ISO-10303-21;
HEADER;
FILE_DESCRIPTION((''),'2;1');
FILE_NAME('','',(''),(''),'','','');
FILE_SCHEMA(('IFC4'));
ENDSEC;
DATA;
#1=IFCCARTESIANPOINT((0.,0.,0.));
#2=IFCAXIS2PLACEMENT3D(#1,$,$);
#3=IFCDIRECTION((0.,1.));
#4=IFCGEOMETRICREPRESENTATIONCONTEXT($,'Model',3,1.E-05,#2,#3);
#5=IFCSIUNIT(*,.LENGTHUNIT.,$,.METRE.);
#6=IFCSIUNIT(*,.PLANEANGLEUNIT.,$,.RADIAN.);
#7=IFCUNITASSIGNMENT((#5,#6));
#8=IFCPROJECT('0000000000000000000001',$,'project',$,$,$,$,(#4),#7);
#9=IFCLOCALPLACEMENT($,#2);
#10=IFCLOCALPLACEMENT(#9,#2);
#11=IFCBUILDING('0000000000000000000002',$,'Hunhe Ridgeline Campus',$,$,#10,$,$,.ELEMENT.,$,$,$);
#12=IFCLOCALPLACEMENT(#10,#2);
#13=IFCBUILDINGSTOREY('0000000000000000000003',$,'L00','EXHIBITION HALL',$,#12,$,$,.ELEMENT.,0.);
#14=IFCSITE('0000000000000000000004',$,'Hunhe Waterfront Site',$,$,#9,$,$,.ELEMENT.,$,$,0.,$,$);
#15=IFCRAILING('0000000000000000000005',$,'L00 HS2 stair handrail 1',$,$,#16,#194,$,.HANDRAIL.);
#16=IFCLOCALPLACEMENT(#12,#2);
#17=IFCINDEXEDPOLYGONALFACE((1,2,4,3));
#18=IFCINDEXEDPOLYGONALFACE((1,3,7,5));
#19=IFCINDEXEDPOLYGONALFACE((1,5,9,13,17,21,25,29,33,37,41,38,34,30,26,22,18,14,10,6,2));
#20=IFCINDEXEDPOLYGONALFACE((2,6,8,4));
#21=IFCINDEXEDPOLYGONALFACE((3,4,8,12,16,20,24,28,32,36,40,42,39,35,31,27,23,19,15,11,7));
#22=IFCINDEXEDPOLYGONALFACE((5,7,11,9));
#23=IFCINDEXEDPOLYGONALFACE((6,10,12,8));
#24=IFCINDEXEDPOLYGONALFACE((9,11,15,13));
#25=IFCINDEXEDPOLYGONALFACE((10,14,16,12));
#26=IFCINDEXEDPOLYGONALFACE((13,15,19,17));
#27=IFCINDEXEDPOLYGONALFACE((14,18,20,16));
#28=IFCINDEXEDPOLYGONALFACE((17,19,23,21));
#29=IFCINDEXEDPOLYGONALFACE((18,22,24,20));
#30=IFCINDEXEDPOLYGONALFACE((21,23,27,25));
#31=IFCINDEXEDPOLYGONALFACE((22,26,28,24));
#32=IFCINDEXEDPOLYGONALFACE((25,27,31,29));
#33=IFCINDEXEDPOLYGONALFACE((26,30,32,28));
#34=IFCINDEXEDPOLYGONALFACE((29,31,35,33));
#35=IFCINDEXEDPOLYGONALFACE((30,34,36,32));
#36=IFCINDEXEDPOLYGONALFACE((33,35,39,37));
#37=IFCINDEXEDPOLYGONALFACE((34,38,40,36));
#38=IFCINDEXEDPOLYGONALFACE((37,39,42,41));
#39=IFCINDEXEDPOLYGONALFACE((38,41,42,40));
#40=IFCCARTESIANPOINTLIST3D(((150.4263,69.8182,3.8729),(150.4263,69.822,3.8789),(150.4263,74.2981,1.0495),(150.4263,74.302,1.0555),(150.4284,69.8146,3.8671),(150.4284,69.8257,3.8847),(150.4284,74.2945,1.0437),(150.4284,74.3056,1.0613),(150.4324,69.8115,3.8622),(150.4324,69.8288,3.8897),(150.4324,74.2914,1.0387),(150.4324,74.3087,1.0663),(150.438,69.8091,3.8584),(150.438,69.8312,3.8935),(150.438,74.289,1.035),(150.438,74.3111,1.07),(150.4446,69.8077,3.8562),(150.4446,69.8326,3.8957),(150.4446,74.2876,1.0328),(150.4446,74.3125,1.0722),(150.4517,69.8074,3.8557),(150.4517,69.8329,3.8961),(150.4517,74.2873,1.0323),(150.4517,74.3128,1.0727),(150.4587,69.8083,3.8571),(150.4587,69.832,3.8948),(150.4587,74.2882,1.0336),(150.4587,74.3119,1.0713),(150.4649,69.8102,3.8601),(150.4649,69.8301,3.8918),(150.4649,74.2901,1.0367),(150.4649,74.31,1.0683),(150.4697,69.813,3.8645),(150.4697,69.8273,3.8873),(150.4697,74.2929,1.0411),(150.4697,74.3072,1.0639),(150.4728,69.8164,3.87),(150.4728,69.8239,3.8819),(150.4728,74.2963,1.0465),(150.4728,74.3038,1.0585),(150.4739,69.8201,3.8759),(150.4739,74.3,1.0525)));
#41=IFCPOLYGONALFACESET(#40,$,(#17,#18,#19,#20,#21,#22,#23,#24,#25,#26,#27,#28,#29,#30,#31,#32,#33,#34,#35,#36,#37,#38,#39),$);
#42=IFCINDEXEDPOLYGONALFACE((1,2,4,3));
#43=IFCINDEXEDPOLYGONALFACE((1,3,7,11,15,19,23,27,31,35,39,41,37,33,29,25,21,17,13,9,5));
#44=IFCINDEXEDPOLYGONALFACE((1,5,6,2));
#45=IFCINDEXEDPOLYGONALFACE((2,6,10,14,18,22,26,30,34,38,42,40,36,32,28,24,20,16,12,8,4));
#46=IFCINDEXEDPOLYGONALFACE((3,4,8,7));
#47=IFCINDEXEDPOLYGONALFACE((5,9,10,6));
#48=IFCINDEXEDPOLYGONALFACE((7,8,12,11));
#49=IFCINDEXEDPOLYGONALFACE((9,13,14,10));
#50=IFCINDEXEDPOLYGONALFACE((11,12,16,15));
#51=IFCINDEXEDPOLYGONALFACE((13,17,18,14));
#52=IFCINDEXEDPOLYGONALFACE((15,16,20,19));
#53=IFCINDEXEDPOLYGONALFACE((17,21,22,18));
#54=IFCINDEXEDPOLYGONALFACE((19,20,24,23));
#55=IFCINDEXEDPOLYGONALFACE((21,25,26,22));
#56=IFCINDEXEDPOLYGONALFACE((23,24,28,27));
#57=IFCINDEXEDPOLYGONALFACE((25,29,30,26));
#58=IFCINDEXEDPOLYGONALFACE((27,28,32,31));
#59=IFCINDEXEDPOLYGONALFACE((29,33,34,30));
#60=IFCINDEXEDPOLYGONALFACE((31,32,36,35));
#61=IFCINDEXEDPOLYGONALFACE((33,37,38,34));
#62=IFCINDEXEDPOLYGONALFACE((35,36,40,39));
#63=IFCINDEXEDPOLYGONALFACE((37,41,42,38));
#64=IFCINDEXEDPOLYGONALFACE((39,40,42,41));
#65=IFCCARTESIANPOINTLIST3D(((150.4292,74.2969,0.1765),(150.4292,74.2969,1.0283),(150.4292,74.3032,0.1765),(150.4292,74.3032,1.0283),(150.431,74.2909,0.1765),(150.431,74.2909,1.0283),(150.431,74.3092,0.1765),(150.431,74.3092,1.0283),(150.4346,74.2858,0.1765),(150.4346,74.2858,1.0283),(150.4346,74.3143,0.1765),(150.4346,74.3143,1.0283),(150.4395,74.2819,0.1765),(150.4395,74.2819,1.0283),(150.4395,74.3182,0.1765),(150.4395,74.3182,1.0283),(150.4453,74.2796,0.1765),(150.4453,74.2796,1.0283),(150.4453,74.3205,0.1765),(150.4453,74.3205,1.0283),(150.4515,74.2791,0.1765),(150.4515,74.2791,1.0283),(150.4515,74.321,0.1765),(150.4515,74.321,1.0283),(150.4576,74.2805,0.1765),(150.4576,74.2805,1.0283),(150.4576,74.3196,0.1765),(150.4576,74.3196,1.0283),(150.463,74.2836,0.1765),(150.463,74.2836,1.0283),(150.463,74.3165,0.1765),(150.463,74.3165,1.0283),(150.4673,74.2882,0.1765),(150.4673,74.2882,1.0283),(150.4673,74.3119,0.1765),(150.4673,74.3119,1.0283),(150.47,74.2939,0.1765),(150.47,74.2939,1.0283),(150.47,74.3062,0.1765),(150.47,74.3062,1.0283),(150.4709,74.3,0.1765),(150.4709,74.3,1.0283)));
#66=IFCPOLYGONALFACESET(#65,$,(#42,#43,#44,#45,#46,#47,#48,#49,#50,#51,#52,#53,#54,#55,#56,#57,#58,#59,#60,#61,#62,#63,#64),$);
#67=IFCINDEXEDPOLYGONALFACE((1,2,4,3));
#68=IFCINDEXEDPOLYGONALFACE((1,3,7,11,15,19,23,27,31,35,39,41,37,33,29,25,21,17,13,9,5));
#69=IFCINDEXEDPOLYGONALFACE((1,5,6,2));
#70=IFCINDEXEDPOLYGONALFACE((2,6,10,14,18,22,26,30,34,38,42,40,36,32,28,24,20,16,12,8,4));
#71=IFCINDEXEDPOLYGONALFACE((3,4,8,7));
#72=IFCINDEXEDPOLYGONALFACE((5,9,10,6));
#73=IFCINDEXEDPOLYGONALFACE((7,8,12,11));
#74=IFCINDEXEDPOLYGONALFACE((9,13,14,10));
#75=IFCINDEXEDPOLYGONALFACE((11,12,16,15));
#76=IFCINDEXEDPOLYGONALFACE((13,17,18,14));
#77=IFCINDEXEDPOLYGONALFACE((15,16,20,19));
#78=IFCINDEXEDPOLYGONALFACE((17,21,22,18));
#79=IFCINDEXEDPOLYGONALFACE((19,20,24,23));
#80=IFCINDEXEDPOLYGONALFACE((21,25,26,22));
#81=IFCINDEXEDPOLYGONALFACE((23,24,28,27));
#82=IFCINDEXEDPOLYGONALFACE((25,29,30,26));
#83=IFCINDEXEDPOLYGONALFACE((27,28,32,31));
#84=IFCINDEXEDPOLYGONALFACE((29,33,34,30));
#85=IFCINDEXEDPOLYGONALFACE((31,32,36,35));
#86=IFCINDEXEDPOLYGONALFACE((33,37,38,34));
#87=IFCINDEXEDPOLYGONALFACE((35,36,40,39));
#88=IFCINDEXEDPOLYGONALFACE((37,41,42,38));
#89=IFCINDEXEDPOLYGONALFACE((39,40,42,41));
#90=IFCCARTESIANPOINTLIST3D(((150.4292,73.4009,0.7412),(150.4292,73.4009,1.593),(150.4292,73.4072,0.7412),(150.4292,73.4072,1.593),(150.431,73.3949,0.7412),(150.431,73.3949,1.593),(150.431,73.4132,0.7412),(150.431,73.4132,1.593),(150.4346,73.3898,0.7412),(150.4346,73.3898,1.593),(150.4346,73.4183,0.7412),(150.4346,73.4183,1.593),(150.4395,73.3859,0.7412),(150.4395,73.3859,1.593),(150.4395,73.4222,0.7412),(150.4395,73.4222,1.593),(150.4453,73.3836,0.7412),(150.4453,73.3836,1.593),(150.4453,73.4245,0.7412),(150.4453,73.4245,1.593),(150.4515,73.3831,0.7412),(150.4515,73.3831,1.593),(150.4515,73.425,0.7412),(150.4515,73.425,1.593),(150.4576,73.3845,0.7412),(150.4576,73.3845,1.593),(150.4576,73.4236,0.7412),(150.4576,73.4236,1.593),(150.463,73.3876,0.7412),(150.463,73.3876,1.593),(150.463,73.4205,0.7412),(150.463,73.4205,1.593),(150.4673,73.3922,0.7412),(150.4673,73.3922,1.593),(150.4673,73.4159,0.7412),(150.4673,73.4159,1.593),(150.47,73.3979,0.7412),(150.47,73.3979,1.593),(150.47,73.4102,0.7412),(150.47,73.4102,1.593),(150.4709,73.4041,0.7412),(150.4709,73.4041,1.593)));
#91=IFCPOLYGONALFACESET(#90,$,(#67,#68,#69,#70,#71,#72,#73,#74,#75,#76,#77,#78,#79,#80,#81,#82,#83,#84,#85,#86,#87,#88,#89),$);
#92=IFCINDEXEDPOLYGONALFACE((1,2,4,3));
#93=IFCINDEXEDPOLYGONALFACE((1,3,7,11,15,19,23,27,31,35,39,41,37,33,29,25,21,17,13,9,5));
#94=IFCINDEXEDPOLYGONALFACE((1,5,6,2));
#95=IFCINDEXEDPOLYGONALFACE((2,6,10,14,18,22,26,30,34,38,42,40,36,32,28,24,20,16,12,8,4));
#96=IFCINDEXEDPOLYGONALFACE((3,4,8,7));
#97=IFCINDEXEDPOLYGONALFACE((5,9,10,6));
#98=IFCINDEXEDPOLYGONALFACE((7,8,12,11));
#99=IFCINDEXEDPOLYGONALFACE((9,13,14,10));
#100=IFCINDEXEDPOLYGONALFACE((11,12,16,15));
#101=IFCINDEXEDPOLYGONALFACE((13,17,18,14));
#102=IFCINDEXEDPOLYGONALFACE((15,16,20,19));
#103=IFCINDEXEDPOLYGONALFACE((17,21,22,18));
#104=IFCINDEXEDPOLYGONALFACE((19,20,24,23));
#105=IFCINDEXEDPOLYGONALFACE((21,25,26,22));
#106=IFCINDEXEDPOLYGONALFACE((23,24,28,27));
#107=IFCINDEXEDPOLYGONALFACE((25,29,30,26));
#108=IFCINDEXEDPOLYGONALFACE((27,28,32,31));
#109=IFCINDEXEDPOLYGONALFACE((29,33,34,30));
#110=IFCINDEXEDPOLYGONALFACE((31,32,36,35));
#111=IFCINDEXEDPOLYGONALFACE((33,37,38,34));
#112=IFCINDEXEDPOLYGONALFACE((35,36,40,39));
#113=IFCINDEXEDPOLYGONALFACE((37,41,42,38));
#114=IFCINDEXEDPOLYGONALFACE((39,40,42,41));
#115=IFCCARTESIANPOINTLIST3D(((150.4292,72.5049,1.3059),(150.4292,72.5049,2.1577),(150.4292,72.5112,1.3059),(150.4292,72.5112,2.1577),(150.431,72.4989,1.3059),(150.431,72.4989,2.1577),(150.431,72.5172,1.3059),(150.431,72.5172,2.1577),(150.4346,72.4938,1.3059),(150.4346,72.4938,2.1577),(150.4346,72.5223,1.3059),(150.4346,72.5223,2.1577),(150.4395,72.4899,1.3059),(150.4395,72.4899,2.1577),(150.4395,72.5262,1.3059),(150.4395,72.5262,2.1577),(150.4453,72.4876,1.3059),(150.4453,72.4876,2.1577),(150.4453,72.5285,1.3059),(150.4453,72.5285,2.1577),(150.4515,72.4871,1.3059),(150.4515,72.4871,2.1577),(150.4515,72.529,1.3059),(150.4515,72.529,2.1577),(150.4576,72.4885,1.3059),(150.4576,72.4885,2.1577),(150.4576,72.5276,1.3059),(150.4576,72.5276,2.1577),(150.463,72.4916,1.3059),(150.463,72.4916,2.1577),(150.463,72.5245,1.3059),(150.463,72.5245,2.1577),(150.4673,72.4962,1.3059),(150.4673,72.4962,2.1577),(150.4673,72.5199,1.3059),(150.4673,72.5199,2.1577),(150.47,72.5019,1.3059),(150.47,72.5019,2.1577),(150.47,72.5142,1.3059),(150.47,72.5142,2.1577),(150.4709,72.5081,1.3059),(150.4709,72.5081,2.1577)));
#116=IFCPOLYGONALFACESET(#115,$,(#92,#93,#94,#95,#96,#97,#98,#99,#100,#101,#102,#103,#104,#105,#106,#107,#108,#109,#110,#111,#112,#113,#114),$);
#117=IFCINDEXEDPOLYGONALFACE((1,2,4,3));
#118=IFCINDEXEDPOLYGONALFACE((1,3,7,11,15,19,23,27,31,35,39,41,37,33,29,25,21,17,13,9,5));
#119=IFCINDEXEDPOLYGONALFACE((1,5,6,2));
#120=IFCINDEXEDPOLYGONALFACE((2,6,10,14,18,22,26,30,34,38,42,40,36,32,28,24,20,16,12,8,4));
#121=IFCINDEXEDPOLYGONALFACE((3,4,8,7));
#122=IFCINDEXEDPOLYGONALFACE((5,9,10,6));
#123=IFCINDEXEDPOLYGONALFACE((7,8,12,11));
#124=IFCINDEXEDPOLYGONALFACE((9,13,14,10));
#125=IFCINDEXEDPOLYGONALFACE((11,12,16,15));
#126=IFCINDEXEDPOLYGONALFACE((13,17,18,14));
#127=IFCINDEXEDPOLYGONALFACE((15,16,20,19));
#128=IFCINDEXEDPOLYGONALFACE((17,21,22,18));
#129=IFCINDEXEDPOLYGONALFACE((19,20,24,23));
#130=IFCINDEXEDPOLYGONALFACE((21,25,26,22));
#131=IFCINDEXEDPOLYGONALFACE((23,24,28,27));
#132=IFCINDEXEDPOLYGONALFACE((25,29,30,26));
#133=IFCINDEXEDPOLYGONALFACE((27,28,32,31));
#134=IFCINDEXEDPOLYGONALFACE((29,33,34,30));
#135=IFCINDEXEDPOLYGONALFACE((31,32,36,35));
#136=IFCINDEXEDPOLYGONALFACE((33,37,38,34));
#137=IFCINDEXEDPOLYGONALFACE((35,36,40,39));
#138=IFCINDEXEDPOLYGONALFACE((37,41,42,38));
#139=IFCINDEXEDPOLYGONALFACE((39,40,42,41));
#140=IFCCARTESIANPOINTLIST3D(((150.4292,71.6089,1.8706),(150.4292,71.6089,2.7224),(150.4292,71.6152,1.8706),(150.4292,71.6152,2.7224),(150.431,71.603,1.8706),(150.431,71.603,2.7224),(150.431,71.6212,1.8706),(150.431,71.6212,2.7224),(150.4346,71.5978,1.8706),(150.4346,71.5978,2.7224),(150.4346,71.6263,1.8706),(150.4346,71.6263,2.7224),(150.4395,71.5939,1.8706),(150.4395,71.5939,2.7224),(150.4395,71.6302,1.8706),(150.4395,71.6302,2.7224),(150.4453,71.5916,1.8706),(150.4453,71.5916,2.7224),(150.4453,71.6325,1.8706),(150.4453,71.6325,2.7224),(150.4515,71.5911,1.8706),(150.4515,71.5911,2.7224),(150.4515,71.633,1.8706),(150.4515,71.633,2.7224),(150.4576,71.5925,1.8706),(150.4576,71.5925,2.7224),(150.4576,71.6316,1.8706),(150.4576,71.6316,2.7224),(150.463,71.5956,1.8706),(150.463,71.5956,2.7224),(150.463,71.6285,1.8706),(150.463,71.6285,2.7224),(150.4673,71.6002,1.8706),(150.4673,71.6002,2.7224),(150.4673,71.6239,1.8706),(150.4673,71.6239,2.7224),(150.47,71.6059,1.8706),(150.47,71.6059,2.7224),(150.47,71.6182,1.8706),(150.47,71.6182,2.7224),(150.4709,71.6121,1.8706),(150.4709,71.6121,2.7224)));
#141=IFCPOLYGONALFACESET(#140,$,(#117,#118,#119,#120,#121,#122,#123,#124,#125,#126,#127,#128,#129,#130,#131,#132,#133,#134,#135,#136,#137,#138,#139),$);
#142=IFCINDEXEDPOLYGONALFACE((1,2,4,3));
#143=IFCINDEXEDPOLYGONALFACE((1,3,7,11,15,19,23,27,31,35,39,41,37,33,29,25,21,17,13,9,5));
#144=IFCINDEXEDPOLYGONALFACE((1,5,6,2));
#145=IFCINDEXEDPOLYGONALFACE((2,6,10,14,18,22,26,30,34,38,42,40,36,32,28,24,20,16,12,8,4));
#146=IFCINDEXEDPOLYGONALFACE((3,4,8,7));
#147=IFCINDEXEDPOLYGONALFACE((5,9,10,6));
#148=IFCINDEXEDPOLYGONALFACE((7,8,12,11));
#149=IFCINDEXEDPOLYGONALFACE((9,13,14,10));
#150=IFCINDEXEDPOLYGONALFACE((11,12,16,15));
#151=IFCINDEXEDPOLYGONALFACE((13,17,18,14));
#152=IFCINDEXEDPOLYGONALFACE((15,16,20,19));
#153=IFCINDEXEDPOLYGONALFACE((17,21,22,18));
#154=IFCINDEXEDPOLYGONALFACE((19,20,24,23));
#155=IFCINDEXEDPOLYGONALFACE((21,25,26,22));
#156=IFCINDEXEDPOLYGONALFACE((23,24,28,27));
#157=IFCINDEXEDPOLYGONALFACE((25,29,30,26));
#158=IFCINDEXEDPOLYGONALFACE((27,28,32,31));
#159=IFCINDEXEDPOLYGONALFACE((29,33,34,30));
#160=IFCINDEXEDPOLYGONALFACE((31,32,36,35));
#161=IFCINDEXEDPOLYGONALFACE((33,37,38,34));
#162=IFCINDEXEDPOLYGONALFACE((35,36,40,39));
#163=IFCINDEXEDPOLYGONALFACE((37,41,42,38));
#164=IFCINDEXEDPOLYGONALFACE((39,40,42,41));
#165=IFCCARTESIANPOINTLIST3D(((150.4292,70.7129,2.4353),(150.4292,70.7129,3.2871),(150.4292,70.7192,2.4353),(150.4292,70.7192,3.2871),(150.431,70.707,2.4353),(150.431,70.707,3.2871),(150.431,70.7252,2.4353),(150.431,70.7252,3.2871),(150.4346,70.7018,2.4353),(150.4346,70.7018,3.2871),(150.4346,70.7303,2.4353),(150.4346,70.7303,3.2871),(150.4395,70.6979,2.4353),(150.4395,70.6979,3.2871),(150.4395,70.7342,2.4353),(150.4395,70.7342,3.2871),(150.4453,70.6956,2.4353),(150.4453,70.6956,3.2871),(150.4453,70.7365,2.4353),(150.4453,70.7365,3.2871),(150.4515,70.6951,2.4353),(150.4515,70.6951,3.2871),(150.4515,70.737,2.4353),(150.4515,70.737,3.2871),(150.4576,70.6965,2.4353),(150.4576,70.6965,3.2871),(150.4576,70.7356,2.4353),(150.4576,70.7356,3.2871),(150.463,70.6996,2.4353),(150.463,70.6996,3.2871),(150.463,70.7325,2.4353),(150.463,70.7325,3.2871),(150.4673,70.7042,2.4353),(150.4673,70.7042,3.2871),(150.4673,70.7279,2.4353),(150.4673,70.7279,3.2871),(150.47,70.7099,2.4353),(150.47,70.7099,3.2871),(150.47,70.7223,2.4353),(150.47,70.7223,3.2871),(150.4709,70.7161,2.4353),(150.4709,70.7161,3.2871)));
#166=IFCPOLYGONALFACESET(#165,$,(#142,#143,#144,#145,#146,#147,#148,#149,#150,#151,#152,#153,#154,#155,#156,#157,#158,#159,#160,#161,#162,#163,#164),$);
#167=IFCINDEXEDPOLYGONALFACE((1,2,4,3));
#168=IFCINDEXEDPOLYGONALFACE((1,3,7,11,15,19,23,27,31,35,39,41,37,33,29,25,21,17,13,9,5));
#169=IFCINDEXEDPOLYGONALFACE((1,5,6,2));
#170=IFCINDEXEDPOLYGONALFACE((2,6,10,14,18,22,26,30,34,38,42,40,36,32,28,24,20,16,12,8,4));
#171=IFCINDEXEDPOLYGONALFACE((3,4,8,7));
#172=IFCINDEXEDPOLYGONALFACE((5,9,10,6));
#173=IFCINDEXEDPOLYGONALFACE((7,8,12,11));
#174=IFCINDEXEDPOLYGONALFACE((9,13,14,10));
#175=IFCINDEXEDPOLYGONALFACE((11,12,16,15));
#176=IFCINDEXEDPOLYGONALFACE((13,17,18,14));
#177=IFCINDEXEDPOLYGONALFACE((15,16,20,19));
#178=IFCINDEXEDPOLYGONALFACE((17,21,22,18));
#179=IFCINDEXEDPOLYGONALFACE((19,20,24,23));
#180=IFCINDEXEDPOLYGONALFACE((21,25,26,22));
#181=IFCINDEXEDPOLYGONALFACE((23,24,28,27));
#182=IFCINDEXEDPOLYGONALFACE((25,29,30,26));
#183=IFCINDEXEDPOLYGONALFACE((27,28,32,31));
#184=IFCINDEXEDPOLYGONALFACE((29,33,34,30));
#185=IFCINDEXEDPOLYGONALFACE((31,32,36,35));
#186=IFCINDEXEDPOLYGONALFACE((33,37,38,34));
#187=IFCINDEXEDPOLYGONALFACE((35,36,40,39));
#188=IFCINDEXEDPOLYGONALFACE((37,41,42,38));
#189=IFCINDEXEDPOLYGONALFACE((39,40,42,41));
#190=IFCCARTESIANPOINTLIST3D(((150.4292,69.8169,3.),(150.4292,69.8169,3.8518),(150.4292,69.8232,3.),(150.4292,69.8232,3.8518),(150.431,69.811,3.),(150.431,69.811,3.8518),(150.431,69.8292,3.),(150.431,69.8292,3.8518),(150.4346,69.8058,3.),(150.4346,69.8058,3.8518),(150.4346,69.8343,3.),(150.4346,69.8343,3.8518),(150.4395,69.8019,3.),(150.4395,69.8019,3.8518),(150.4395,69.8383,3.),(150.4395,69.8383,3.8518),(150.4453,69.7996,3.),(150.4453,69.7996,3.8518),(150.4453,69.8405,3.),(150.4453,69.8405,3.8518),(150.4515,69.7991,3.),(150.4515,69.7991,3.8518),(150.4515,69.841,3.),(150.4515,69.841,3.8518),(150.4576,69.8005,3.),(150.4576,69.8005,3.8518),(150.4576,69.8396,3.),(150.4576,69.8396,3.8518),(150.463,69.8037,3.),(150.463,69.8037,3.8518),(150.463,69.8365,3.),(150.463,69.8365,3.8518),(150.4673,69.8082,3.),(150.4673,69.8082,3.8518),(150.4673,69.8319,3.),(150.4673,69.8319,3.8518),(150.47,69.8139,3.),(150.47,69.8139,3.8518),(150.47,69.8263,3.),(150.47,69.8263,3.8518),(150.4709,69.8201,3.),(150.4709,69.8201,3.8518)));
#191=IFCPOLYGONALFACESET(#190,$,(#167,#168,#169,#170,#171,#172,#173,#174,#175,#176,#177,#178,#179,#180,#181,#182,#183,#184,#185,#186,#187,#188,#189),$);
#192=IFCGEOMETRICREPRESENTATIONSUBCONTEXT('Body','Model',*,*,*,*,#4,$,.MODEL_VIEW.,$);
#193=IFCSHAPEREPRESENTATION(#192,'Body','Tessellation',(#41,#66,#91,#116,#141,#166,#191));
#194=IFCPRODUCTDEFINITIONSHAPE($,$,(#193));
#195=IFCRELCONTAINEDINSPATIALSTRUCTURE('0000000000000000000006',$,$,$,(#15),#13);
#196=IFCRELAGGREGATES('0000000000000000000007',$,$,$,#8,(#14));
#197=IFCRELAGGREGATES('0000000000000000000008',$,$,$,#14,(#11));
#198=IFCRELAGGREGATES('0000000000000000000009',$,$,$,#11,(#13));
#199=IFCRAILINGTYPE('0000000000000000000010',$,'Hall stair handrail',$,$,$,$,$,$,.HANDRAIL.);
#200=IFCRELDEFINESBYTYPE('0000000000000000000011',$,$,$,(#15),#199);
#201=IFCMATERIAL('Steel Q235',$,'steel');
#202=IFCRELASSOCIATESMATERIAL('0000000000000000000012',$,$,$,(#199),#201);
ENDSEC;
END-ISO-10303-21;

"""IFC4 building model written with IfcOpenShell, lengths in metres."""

from ifc_helpers import new_model, si_unit, direction, frame, origin, origin_2d, place, context, subcontext, project, spatial, circle, extrude, material, type_object, element, save


model = new_model("IFC4")

# Units and contexts
model_context = context("Model", 3, precision=1e-05, world=origin(), true_north=direction((0.0, 1.0)))
body_context = subcontext(model_context, "Body", "Model", "MODEL_VIEW")
ifc_project = project(units=[si_unit("LENGTHUNIT", "METRE"), si_unit("PLANEANGLEUNIT", "RADIAN")], contexts=[model_context])

# Site, building, storey
site_placement = place(None, origin())
site = spatial("IfcSite", under=ifc_project, at=site_placement, Name="Hunhe Waterfront Site", CompositionType="ELEMENT", RefElevation=0.0)
building_placement = place(site_placement, origin())
building = spatial("IfcBuilding", under=site, at=building_placement, Name="Hunhe Ridgeline Campus", CompositionType="ELEMENT")
storey_placement = place(building_placement, origin())
storey = spatial("IfcBuildingStorey", under=building, at=storey_placement, Name="L00", Description="EXHIBITION HALL", CompositionType="ELEMENT", Elevation=0.0)

# Shared definitions
ifc_material_1 = material(Name="Steel Q235", Category="steel")

# Railing
railing_type_1 = type_object("IfcRailingType", Name="Hall stair handrail", PredefinedType="HANDRAIL", material=ifc_material_1)
railing_1_placement = place(storey_placement, frame((150.45, 74.3, 0.1765)))
element("IfcRailing", 1, at=railing_1_placement, inside=storey, type_object=railing_type_1, Name="L00 HS2 stair handrail 1", PredefinedType="HANDRAIL", context=body_context, shape_type="SweptSolid", body=[
    extrude(circle(Radius=0.0239, at=origin_2d()), frame((0.0, 0.0, 0.876), z_axis=(0.0, -0.845998, 0.533186), x_axis=(1.0, 0.0, 0.0)), (0.0, 0.0, 1.0), 5.2954),
    extrude(circle(Radius=0.021, at=origin_2d()), origin(), (0.0, 0.0, 1.0), 0.8518),
    extrude(circle(Radius=0.021, at=origin_2d()), frame((0.0, -0.896, 0.5647)), (0.0, 0.0, 1.0), 0.8518),
    extrude(circle(Radius=0.021, at=origin_2d()), frame((0.0, -1.792, 1.1294)), (0.0, 0.0, 1.0), 0.8518),
    extrude(circle(Radius=0.021, at=origin_2d()), frame((0.0, -2.688, 1.6941)), (0.0, 0.0, 1.0), 0.8518),
    extrude(circle(Radius=0.021, at=origin_2d()), frame((0.0, -3.584, 2.2588)), (0.0, 0.0, 1.0), 0.8518),
    extrude(circle(Radius=0.021, at=origin_2d()), frame((0.0, -4.48, 2.8235)), (0.0, 0.0, 1.0), 0.8518),
])

save(model, "model.ifc")
